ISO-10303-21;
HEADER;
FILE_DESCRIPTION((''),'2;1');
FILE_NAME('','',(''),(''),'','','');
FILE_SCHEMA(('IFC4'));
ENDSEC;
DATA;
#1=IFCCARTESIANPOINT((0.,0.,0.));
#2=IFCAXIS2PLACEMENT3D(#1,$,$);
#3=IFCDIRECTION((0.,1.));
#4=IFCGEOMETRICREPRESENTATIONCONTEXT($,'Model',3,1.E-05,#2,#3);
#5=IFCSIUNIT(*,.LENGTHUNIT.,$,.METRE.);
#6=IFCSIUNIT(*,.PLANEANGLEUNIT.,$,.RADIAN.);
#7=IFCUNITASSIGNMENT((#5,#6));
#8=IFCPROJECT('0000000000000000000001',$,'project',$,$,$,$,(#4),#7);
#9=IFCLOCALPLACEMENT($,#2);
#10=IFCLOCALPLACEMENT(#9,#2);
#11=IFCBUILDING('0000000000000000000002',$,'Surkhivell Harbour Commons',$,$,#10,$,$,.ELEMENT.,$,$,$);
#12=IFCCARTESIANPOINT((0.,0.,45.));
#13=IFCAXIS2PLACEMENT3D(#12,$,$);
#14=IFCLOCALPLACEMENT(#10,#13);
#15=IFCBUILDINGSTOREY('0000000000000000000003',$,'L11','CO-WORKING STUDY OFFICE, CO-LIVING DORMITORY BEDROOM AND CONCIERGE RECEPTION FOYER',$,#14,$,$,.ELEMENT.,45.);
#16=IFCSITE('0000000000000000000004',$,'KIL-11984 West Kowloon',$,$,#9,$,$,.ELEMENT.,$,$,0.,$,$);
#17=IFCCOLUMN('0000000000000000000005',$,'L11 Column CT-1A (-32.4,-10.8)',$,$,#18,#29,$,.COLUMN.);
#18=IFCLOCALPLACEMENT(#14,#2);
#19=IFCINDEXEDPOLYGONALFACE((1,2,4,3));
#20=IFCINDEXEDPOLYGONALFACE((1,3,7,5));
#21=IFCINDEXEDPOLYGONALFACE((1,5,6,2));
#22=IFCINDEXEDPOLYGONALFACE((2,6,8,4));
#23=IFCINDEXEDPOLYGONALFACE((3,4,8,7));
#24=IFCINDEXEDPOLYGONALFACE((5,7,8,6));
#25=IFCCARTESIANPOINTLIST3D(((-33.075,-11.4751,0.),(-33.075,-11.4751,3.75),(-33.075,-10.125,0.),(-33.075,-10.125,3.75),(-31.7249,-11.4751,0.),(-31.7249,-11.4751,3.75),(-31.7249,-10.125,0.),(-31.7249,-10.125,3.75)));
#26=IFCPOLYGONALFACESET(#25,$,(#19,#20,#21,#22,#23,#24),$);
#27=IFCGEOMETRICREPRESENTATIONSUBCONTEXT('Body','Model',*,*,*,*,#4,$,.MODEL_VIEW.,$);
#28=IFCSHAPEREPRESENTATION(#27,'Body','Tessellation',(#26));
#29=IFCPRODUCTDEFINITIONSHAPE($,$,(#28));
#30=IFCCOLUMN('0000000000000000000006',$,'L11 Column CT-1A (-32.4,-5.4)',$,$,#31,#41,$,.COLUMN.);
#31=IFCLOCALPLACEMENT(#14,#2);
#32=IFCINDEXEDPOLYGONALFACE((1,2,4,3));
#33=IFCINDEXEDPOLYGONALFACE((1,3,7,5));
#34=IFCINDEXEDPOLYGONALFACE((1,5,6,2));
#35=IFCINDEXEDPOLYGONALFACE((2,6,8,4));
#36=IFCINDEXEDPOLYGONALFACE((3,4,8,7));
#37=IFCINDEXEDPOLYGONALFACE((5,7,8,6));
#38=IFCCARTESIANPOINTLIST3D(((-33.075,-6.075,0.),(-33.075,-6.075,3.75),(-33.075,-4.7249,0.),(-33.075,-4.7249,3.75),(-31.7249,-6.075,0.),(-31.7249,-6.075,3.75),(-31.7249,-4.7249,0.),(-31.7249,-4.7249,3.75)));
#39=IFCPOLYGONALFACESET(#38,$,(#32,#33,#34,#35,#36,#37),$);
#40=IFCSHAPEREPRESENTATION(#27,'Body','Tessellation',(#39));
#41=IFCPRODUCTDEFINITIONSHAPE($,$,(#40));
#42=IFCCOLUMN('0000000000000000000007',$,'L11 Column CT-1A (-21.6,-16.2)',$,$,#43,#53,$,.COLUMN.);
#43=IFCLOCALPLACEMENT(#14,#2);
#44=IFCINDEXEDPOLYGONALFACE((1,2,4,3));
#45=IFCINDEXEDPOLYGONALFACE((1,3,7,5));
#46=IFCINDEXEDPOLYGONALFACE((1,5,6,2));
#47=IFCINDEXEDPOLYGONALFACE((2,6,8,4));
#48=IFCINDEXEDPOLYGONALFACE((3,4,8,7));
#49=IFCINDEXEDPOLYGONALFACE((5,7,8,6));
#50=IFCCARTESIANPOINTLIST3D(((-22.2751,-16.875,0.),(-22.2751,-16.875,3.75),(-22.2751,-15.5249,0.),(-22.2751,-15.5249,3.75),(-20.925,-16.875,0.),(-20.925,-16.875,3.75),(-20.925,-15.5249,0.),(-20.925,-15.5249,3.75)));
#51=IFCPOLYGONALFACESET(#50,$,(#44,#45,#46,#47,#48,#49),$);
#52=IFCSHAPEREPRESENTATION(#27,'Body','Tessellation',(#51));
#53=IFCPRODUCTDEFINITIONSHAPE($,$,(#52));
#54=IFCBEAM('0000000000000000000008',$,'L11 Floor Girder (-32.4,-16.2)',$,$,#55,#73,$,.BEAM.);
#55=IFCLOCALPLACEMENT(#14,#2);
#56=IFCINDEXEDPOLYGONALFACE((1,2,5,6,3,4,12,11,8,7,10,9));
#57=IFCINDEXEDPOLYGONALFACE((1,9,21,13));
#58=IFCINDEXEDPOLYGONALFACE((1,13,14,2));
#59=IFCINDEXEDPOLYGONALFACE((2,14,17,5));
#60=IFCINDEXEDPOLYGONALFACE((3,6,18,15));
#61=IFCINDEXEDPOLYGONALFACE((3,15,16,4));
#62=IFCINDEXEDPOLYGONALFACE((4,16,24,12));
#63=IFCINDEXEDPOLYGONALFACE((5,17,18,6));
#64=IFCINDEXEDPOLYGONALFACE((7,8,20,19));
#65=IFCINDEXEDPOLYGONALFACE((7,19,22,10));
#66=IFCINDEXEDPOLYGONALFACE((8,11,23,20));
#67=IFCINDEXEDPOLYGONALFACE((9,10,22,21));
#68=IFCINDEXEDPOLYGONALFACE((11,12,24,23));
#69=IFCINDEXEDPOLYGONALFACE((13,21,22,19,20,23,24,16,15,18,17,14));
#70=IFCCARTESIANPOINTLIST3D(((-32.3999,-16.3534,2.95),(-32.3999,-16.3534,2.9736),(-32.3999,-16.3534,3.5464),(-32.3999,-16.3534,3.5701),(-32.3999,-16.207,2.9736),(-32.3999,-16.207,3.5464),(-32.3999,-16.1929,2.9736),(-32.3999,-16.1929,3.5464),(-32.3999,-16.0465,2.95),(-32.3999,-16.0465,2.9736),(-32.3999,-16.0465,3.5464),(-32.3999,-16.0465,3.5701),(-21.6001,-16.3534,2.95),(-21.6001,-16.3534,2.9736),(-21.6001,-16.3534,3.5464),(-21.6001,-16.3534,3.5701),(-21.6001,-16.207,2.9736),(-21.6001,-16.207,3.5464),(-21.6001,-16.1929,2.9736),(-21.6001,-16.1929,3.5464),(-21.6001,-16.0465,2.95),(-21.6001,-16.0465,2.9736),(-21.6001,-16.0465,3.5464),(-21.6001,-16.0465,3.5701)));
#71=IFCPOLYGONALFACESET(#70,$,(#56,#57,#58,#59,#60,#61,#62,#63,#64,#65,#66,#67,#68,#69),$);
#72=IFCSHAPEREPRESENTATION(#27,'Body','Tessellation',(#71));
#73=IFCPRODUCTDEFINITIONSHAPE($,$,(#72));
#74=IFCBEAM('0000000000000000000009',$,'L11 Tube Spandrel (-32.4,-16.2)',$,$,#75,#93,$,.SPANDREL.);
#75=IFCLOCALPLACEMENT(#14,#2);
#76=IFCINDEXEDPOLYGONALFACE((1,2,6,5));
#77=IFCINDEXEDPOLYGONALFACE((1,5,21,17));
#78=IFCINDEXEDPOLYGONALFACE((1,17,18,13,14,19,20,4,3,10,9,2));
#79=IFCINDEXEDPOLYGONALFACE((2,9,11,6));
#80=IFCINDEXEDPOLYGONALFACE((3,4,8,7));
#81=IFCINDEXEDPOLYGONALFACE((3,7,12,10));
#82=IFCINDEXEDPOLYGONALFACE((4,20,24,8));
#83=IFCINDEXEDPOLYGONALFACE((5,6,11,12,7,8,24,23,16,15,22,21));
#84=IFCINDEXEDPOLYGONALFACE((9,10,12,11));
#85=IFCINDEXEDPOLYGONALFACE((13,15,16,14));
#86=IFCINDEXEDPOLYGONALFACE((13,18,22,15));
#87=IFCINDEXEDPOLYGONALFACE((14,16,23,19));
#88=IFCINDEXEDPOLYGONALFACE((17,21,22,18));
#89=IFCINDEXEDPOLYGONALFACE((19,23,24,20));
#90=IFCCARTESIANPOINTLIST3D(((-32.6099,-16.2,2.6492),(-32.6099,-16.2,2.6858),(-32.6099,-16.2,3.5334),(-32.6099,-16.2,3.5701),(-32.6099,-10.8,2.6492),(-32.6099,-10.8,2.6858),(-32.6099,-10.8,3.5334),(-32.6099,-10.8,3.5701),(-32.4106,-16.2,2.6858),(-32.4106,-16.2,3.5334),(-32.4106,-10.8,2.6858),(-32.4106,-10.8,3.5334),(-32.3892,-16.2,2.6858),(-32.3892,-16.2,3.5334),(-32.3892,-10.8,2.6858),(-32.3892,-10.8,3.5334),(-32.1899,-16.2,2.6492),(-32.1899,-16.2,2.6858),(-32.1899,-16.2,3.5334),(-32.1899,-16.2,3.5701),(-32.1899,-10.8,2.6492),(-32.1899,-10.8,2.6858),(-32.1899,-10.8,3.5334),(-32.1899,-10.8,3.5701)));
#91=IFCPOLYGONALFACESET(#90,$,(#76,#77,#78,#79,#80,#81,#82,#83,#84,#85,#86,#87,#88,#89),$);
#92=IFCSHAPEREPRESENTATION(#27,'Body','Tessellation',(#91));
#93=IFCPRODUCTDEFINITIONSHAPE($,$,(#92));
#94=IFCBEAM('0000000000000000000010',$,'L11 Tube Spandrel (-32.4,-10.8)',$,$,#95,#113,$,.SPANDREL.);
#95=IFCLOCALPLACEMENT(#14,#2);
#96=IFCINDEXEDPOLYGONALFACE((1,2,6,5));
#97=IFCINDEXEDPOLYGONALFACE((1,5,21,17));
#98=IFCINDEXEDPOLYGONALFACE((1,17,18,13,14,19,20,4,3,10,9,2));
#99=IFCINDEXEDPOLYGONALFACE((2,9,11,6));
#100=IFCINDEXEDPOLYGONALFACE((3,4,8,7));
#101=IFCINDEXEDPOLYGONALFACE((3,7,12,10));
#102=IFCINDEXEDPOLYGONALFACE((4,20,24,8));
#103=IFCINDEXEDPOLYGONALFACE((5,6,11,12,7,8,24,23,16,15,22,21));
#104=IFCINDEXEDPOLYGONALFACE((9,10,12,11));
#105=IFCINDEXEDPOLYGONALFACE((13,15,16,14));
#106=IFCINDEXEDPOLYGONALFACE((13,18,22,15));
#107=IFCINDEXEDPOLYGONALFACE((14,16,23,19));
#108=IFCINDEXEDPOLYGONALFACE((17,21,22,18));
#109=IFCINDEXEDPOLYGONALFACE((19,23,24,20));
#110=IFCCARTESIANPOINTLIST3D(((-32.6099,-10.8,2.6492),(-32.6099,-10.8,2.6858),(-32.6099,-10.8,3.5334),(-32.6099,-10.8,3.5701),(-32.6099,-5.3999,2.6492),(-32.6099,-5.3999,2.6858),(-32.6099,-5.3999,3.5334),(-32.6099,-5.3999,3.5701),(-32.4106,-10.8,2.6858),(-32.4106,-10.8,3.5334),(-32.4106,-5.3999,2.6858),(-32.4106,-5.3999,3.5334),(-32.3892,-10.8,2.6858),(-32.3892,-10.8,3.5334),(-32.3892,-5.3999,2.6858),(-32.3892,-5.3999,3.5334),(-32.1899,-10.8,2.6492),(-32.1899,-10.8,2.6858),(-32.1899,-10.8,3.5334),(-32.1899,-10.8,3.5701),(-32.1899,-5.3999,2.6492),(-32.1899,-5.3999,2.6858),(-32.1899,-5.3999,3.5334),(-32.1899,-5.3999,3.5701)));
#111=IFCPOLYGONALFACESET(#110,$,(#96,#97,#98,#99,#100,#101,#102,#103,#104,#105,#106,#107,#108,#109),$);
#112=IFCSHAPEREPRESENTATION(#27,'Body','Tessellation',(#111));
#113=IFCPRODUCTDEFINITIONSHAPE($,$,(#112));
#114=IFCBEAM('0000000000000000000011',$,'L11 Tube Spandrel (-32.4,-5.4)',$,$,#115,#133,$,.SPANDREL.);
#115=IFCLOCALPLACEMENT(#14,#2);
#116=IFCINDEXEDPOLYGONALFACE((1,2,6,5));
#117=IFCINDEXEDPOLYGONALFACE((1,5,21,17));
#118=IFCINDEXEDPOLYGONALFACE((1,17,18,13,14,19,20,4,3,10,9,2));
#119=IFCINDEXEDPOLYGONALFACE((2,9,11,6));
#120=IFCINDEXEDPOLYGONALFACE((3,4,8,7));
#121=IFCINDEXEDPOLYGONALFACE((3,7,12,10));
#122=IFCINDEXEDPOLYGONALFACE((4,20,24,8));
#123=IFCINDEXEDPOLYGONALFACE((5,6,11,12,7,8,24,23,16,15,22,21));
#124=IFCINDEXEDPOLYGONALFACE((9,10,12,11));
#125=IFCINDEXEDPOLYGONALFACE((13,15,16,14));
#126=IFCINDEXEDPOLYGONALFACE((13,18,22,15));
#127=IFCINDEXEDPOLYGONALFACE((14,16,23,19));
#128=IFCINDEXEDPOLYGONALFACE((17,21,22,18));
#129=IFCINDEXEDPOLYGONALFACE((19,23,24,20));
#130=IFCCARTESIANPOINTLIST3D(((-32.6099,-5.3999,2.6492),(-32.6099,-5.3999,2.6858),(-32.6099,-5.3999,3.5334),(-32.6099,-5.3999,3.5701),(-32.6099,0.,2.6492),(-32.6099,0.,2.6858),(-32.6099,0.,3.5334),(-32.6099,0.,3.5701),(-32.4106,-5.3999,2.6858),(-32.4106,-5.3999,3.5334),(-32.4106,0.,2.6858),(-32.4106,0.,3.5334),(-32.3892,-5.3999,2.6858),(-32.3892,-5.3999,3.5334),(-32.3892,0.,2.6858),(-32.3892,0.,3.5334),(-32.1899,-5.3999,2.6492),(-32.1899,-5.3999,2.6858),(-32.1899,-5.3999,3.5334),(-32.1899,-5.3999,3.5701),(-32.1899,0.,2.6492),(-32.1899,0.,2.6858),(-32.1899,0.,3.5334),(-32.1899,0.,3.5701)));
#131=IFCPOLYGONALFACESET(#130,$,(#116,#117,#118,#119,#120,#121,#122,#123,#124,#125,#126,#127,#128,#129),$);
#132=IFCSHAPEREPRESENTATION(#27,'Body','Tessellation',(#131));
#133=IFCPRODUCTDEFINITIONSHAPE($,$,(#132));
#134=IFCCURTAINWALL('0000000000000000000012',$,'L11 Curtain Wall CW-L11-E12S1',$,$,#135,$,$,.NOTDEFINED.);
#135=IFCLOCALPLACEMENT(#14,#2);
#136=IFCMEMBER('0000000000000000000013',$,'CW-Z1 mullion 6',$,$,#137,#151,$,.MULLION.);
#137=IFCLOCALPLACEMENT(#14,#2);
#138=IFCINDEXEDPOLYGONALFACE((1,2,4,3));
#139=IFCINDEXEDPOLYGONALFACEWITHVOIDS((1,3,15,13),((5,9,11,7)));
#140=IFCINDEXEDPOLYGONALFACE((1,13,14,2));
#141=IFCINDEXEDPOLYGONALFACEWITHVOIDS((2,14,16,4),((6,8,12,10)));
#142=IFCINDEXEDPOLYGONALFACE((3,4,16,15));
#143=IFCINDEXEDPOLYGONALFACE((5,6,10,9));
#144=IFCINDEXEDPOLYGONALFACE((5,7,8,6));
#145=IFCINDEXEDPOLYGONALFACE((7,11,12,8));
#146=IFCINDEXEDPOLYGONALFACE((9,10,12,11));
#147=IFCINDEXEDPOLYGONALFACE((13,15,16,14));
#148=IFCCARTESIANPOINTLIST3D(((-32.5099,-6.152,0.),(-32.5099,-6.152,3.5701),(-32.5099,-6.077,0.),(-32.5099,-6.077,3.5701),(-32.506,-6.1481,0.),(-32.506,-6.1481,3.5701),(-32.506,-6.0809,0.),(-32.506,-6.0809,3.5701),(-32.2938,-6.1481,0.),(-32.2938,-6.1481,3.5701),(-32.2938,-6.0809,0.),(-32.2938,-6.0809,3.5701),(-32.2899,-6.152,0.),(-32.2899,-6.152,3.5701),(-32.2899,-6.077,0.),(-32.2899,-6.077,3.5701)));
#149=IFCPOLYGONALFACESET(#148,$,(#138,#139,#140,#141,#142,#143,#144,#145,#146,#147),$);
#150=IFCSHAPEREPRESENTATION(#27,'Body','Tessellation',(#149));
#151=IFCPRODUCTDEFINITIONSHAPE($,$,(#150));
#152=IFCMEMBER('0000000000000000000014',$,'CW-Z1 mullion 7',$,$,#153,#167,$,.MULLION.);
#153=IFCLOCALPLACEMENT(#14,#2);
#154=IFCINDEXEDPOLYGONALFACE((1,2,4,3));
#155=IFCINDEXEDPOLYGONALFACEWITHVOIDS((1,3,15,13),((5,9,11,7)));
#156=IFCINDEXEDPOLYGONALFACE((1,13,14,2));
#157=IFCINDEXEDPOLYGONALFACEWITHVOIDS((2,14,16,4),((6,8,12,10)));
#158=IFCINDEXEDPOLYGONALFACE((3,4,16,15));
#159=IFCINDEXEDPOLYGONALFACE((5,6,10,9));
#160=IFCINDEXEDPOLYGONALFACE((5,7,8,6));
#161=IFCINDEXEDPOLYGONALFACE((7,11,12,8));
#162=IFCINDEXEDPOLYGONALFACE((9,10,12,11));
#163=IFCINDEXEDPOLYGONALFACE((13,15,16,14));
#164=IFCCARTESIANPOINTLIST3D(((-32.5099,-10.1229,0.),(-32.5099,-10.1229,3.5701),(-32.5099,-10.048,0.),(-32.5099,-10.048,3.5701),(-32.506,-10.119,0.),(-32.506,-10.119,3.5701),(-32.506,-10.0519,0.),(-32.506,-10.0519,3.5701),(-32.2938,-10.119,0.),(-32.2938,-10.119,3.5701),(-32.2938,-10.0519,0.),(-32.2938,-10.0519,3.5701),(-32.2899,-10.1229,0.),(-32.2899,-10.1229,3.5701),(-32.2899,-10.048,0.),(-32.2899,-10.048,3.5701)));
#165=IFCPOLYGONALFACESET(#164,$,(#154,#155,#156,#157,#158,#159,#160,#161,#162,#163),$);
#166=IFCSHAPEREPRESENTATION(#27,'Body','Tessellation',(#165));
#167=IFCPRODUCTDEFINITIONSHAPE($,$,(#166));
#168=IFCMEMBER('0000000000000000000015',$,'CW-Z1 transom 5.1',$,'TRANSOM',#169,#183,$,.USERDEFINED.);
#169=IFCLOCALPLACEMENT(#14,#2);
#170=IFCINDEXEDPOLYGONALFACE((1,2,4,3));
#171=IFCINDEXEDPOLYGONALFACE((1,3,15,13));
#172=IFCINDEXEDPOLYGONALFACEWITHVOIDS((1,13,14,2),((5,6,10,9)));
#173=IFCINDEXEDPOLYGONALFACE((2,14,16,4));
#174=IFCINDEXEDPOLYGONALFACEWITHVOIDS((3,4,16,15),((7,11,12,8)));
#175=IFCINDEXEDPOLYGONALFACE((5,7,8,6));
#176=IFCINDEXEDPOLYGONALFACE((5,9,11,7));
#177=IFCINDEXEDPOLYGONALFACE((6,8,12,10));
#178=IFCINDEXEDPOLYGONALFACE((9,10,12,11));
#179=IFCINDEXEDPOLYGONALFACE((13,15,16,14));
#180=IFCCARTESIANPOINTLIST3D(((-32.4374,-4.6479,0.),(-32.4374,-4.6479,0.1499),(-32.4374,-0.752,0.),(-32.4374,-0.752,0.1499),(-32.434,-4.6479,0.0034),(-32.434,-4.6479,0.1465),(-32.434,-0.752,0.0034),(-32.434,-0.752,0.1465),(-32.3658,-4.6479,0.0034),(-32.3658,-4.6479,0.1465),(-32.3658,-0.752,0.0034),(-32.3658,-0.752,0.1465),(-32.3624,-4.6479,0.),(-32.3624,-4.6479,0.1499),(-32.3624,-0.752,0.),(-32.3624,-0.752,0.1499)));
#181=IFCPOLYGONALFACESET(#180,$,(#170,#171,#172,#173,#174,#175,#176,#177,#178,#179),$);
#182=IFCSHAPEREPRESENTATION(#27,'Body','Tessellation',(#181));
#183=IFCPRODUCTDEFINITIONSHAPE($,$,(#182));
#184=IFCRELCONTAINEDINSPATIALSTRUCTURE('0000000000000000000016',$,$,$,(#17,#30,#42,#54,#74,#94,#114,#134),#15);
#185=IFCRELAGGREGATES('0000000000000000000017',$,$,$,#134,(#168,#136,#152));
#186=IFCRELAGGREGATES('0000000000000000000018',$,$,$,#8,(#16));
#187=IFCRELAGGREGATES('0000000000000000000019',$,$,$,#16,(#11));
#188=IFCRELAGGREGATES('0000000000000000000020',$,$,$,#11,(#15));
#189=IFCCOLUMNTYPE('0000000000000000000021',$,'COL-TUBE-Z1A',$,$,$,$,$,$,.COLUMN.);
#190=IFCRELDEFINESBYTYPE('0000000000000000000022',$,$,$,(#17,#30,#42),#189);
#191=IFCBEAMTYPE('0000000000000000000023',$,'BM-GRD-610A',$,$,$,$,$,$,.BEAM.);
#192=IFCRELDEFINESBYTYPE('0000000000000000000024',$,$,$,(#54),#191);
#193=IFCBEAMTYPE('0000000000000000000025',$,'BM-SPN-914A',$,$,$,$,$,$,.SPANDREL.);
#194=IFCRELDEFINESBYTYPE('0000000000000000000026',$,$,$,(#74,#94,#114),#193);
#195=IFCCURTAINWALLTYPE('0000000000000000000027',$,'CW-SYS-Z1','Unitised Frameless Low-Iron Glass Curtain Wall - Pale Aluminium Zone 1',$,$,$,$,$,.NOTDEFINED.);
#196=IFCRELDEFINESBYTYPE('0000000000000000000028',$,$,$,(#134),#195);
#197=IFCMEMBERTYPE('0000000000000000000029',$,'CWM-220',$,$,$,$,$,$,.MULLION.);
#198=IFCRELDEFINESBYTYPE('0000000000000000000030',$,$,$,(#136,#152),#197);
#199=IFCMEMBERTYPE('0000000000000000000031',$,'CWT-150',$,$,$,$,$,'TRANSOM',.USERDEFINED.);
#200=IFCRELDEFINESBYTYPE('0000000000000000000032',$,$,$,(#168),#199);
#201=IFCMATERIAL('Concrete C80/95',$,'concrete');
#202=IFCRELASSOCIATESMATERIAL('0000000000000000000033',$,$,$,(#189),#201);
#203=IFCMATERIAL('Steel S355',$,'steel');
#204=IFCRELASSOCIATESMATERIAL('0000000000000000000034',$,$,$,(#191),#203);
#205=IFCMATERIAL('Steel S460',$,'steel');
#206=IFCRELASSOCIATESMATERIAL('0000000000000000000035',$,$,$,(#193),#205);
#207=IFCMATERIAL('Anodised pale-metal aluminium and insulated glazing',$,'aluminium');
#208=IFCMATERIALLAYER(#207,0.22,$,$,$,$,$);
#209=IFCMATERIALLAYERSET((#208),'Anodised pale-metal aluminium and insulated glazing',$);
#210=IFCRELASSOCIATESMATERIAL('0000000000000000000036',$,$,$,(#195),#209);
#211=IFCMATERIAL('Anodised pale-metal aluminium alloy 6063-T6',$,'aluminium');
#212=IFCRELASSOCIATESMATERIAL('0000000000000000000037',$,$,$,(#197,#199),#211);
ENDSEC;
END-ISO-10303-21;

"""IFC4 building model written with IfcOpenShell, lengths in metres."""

from ifc_helpers import new_model, si_unit, direction, frame, origin, origin_2d, place, context, subcontext, project, spatial, rectangle, hollow_rectangle, i_section, extrude, material, layer, layer_set, material_profile, profile_set, type_object, element, aggregate, save


model = new_model("IFC4")

# Units and contexts
model_context = context("Model", 3, precision=1e-05, world=origin(), true_north=direction((0.0, 1.0)))
body_context = subcontext(model_context, "Body", "Model", "MODEL_VIEW")
ifc_project = project(units=[si_unit("LENGTHUNIT", "METRE"), si_unit("PLANEANGLEUNIT", "RADIAN")], contexts=[model_context])

# Site, building, storey
site_placement = place(None, origin())
site = spatial("IfcSite", under=ifc_project, at=site_placement, Name="KIL-11984 West Kowloon", CompositionType="ELEMENT", RefElevation=0.0)
building_placement = place(site_placement, origin())
building = spatial("IfcBuilding", under=site, at=building_placement, Name="Surkhivell Harbour Commons", CompositionType="ELEMENT")
storey_placement = place(building_placement, frame((0.0, 0.0, 45.0)))
storey = spatial("IfcBuildingStorey", under=building, at=storey_placement, Name="L11", Description="CO-WORKING STUDY OFFICE, CO-LIVING DORMITORY BEDROOM AND CONCIERGE RECEPTION FOYER", CompositionType="ELEMENT", Elevation=45.0)

# Columns
ifc_material_1 = material(Name="Concrete C80/95", Category="concrete")
ifc_material_profile_1 = material_profile(ifc_material_1, rectangle(XDim=1.3501, YDim=1.3501, at=origin_2d()), Name="RC-COL-1350x1350")
ifc_profile_set_1 = profile_set([ifc_material_profile_1], Name="Concrete C80/95")
column_type = type_object("IfcColumnType", Name="COL-TUBE-Z1A", PredefinedType="COLUMN", material=ifc_profile_set_1)
for number, where, z_axis, x_axis, name in (
    (1, (-32.3999, -10.8, 0.0), (0.0, 0.0, 1.0), (1.0, 0.0, 0.0), "L11 Column CT-1A (-32.4,-10.8)"),
    (2, (-32.3999, -5.3999, 0.0), (0.0, 0.0, 1.0), (1.0, 0.0, 0.0), "L11 Column CT-1A (-32.4,-5.4)"),
    (3, (-21.6001, -16.2, 0.0), (0.0, 0.0, 1.0), (1.0, 0.0, 0.0), "L11 Column CT-1A (-21.6,-16.2)"),
):
    element("IfcColumn", number, at=place(storey_placement, frame(where, z_axis=z_axis, x_axis=x_axis)), inside=storey, type_object=column_type, Name=name, PredefinedType="COLUMN", context=body_context, shape_type="SweptSolid", body=[
        extrude(rectangle(XDim=1.3501, YDim=1.3501, at=origin_2d()), origin(), (0.0, 0.0, 1.0), 3.75),
    ])

# Beams
ifc_material_2 = material(Name="Steel S355", Category="steel")
ifc_material_profile_2 = material_profile(ifc_material_2, i_section(OverallWidth=0.3069, OverallDepth=0.6201, WebThickness=0.0142, FlangeThickness=0.0237, at=origin_2d()), Name="UB610x305x179")
ifc_profile_set_2 = profile_set([ifc_material_profile_2], Name="Steel S355")
beam_type_1 = type_object("IfcBeamType", Name="BM-GRD-610A", PredefinedType="BEAM", material=ifc_profile_set_2)
beam_1_placement = place(storey_placement, frame((-32.3999, -16.2, 3.26), z_axis=(1.0, 0.0, 0.0), x_axis=(0.0, 1.0, 0.0)))
element("IfcBeam", 4, at=beam_1_placement, inside=storey, type_object=beam_type_1, Name="L11 Floor Girder (-32.4,-16.2)", PredefinedType="BEAM", context=body_context, shape_type="SweptSolid", body=[
    extrude(i_section(OverallWidth=0.3069, OverallDepth=0.6201, WebThickness=0.0142, FlangeThickness=0.0237, at=origin_2d()), origin(), (0.0, 0.0, 1.0), 10.7998),
])
ifc_material_3 = material(Name="Steel S460", Category="steel")
ifc_material_profile_3 = material_profile(ifc_material_3, i_section(OverallWidth=0.4199, OverallDepth=0.9209, WebThickness=0.0215, FlangeThickness=0.0366, at=origin_2d()), Name="UB914x419x388")
ifc_profile_set_3 = profile_set([ifc_material_profile_3], Name="Steel S460")
beam_type_2 = type_object("IfcBeamType", Name="BM-SPN-914A", PredefinedType="SPANDREL", material=ifc_profile_set_3)
beam_2_placement = place(storey_placement, frame((-32.3999, -16.2, 3.1096), z_axis=(0.0, 1.0, 0.0), x_axis=(-1.0, 0.0, 0.0)))
element("IfcBeam", 5, at=beam_2_placement, inside=storey, type_object=beam_type_2, Name="L11 Tube Spandrel (-32.4,-16.2)", PredefinedType="SPANDREL", context=body_context, shape_type="SweptSolid", body=[
    extrude(i_section(OverallWidth=0.4199, OverallDepth=0.9209, WebThickness=0.0215, FlangeThickness=0.0366, at=origin_2d()), origin(), (0.0, 0.0, 1.0), 5.3999),
])
beam_3_placement = place(storey_placement, frame((-32.3999, -10.8, 3.1096), z_axis=(0.0, 1.0, 0.0), x_axis=(-1.0, 0.0, 0.0)))
element("IfcBeam", 6, at=beam_3_placement, inside=storey, type_object=beam_type_2, Name="L11 Tube Spandrel (-32.4,-10.8)", PredefinedType="SPANDREL", context=body_context, shape_type="SweptSolid", body=[
    extrude(i_section(OverallWidth=0.4199, OverallDepth=0.9209, WebThickness=0.0215, FlangeThickness=0.0366, at=origin_2d()), origin(), (0.0, 0.0, 1.0), 5.4001),
])
beam_4_placement = place(storey_placement, frame((-32.3999, -5.3999, 3.1096), z_axis=(0.0, 1.0, 0.0), x_axis=(-1.0, 0.0, 0.0)))
element("IfcBeam", 7, at=beam_4_placement, inside=storey, type_object=beam_type_2, Name="L11 Tube Spandrel (-32.4,-5.4)", PredefinedType="SPANDREL", context=body_context, shape_type="SweptSolid", body=[
    extrude(i_section(OverallWidth=0.4199, OverallDepth=0.9209, WebThickness=0.0215, FlangeThickness=0.0366, at=origin_2d()), origin(), (0.0, 0.0, 1.0), 5.3999),
])

# Curtain wall, members
ifc_material_4 = material(Name="Anodised pale-metal aluminium and insulated glazing", Category="aluminium")
ifc_layer_1 = layer(ifc_material_4, 0.22)
ifc_layer_set_1 = layer_set([ifc_layer_1], Name="Anodised pale-metal aluminium and insulated glazing")
curtain_wall_type = type_object("IfcCurtainWallType", Name="CW-SYS-Z1", Description="Unitised Frameless Low-Iron Glass Curtain Wall - Pale Aluminium Zone 1", PredefinedType="NOTDEFINED", material=ifc_layer_set_1)
curtain_wall_placement = place(storey_placement, origin())
curtain_wall = element("IfcCurtainWall", 8, at=curtain_wall_placement, inside=storey, type_object=curtain_wall_type, Name="L11 Curtain Wall CW-L11-E12S1", PredefinedType="NOTDEFINED")
ifc_material_5 = material(Name="Anodised pale-metal aluminium alloy 6063-T6", Category="aluminium")
ifc_material_profile_4 = material_profile(ifc_material_5, hollow_rectangle(XDim=0.075, YDim=0.22, WallThickness=0.0039, at=origin_2d()), Name="ALU-MULL-75x220")
ifc_profile_set_4 = profile_set([ifc_material_profile_4], Name="Anodised pale-metal aluminium alloy 6063-T6")
member_type_1 = type_object("IfcMemberType", Name="CWM-220", PredefinedType="MULLION", material=ifc_profile_set_4)
member_1_placement = place(storey_placement, frame((-32.3999, -6.1145, 0.0), z_axis=(0.0, 0.0, 1.0), x_axis=(0.0, -1.0, 0.0)))
member_1 = element("IfcMember", 9, at=member_1_placement, type_object=member_type_1, Name="CW-Z1 mullion 6", PredefinedType="MULLION", context=body_context, shape_type="SweptSolid", body=[
    extrude(hollow_rectangle(XDim=0.075, YDim=0.22, WallThickness=0.0039, at=origin_2d()), origin(), (0.0, 0.0, 1.0), 3.5701),
])
member_2_placement = place(storey_placement, frame((-32.3999, -10.0854, 0.0), z_axis=(0.0, 0.0, 1.0), x_axis=(0.0, -1.0, 0.0)))
member_2 = element("IfcMember", 10, at=member_2_placement, type_object=member_type_1, Name="CW-Z1 mullion 7", PredefinedType="MULLION", context=body_context, shape_type="SweptSolid", body=[
    extrude(hollow_rectangle(XDim=0.075, YDim=0.22, WallThickness=0.0039, at=origin_2d()), origin(), (0.0, 0.0, 1.0), 3.5701),
])
ifc_material_profile_5 = material_profile(ifc_material_5, hollow_rectangle(XDim=0.075, YDim=0.1499, WallThickness=0.0034, at=origin_2d()), Name="ALU-TRAN-75x150")
ifc_profile_set_5 = profile_set([ifc_material_profile_5], Name="Anodised pale-metal aluminium alloy 6063-T6")
member_type_2 = type_object("IfcMemberType", Name="CWT-150", ElementType="TRANSOM", PredefinedType="USERDEFINED", material=ifc_profile_set_5)
member_3_placement = place(storey_placement, frame((-32.3999, -0.752, 0.075), z_axis=(0.0, -1.0, 0.0), x_axis=(1.0, 0.0, 0.0)))
member_3 = element("IfcMember", 11, at=member_3_placement, type_object=member_type_2, Name="CW-Z1 transom 5.1", ObjectType="TRANSOM", PredefinedType="USERDEFINED", context=body_context, shape_type="SweptSolid", body=[
    extrude(hollow_rectangle(XDim=0.075, YDim=0.1499, WallThickness=0.0034, at=origin_2d()), origin(), (0.0, 0.0, 1.0), 3.896),
])

aggregate(curtain_wall, [member_3, member_1, member_2])

save(model, "model.ifc")
